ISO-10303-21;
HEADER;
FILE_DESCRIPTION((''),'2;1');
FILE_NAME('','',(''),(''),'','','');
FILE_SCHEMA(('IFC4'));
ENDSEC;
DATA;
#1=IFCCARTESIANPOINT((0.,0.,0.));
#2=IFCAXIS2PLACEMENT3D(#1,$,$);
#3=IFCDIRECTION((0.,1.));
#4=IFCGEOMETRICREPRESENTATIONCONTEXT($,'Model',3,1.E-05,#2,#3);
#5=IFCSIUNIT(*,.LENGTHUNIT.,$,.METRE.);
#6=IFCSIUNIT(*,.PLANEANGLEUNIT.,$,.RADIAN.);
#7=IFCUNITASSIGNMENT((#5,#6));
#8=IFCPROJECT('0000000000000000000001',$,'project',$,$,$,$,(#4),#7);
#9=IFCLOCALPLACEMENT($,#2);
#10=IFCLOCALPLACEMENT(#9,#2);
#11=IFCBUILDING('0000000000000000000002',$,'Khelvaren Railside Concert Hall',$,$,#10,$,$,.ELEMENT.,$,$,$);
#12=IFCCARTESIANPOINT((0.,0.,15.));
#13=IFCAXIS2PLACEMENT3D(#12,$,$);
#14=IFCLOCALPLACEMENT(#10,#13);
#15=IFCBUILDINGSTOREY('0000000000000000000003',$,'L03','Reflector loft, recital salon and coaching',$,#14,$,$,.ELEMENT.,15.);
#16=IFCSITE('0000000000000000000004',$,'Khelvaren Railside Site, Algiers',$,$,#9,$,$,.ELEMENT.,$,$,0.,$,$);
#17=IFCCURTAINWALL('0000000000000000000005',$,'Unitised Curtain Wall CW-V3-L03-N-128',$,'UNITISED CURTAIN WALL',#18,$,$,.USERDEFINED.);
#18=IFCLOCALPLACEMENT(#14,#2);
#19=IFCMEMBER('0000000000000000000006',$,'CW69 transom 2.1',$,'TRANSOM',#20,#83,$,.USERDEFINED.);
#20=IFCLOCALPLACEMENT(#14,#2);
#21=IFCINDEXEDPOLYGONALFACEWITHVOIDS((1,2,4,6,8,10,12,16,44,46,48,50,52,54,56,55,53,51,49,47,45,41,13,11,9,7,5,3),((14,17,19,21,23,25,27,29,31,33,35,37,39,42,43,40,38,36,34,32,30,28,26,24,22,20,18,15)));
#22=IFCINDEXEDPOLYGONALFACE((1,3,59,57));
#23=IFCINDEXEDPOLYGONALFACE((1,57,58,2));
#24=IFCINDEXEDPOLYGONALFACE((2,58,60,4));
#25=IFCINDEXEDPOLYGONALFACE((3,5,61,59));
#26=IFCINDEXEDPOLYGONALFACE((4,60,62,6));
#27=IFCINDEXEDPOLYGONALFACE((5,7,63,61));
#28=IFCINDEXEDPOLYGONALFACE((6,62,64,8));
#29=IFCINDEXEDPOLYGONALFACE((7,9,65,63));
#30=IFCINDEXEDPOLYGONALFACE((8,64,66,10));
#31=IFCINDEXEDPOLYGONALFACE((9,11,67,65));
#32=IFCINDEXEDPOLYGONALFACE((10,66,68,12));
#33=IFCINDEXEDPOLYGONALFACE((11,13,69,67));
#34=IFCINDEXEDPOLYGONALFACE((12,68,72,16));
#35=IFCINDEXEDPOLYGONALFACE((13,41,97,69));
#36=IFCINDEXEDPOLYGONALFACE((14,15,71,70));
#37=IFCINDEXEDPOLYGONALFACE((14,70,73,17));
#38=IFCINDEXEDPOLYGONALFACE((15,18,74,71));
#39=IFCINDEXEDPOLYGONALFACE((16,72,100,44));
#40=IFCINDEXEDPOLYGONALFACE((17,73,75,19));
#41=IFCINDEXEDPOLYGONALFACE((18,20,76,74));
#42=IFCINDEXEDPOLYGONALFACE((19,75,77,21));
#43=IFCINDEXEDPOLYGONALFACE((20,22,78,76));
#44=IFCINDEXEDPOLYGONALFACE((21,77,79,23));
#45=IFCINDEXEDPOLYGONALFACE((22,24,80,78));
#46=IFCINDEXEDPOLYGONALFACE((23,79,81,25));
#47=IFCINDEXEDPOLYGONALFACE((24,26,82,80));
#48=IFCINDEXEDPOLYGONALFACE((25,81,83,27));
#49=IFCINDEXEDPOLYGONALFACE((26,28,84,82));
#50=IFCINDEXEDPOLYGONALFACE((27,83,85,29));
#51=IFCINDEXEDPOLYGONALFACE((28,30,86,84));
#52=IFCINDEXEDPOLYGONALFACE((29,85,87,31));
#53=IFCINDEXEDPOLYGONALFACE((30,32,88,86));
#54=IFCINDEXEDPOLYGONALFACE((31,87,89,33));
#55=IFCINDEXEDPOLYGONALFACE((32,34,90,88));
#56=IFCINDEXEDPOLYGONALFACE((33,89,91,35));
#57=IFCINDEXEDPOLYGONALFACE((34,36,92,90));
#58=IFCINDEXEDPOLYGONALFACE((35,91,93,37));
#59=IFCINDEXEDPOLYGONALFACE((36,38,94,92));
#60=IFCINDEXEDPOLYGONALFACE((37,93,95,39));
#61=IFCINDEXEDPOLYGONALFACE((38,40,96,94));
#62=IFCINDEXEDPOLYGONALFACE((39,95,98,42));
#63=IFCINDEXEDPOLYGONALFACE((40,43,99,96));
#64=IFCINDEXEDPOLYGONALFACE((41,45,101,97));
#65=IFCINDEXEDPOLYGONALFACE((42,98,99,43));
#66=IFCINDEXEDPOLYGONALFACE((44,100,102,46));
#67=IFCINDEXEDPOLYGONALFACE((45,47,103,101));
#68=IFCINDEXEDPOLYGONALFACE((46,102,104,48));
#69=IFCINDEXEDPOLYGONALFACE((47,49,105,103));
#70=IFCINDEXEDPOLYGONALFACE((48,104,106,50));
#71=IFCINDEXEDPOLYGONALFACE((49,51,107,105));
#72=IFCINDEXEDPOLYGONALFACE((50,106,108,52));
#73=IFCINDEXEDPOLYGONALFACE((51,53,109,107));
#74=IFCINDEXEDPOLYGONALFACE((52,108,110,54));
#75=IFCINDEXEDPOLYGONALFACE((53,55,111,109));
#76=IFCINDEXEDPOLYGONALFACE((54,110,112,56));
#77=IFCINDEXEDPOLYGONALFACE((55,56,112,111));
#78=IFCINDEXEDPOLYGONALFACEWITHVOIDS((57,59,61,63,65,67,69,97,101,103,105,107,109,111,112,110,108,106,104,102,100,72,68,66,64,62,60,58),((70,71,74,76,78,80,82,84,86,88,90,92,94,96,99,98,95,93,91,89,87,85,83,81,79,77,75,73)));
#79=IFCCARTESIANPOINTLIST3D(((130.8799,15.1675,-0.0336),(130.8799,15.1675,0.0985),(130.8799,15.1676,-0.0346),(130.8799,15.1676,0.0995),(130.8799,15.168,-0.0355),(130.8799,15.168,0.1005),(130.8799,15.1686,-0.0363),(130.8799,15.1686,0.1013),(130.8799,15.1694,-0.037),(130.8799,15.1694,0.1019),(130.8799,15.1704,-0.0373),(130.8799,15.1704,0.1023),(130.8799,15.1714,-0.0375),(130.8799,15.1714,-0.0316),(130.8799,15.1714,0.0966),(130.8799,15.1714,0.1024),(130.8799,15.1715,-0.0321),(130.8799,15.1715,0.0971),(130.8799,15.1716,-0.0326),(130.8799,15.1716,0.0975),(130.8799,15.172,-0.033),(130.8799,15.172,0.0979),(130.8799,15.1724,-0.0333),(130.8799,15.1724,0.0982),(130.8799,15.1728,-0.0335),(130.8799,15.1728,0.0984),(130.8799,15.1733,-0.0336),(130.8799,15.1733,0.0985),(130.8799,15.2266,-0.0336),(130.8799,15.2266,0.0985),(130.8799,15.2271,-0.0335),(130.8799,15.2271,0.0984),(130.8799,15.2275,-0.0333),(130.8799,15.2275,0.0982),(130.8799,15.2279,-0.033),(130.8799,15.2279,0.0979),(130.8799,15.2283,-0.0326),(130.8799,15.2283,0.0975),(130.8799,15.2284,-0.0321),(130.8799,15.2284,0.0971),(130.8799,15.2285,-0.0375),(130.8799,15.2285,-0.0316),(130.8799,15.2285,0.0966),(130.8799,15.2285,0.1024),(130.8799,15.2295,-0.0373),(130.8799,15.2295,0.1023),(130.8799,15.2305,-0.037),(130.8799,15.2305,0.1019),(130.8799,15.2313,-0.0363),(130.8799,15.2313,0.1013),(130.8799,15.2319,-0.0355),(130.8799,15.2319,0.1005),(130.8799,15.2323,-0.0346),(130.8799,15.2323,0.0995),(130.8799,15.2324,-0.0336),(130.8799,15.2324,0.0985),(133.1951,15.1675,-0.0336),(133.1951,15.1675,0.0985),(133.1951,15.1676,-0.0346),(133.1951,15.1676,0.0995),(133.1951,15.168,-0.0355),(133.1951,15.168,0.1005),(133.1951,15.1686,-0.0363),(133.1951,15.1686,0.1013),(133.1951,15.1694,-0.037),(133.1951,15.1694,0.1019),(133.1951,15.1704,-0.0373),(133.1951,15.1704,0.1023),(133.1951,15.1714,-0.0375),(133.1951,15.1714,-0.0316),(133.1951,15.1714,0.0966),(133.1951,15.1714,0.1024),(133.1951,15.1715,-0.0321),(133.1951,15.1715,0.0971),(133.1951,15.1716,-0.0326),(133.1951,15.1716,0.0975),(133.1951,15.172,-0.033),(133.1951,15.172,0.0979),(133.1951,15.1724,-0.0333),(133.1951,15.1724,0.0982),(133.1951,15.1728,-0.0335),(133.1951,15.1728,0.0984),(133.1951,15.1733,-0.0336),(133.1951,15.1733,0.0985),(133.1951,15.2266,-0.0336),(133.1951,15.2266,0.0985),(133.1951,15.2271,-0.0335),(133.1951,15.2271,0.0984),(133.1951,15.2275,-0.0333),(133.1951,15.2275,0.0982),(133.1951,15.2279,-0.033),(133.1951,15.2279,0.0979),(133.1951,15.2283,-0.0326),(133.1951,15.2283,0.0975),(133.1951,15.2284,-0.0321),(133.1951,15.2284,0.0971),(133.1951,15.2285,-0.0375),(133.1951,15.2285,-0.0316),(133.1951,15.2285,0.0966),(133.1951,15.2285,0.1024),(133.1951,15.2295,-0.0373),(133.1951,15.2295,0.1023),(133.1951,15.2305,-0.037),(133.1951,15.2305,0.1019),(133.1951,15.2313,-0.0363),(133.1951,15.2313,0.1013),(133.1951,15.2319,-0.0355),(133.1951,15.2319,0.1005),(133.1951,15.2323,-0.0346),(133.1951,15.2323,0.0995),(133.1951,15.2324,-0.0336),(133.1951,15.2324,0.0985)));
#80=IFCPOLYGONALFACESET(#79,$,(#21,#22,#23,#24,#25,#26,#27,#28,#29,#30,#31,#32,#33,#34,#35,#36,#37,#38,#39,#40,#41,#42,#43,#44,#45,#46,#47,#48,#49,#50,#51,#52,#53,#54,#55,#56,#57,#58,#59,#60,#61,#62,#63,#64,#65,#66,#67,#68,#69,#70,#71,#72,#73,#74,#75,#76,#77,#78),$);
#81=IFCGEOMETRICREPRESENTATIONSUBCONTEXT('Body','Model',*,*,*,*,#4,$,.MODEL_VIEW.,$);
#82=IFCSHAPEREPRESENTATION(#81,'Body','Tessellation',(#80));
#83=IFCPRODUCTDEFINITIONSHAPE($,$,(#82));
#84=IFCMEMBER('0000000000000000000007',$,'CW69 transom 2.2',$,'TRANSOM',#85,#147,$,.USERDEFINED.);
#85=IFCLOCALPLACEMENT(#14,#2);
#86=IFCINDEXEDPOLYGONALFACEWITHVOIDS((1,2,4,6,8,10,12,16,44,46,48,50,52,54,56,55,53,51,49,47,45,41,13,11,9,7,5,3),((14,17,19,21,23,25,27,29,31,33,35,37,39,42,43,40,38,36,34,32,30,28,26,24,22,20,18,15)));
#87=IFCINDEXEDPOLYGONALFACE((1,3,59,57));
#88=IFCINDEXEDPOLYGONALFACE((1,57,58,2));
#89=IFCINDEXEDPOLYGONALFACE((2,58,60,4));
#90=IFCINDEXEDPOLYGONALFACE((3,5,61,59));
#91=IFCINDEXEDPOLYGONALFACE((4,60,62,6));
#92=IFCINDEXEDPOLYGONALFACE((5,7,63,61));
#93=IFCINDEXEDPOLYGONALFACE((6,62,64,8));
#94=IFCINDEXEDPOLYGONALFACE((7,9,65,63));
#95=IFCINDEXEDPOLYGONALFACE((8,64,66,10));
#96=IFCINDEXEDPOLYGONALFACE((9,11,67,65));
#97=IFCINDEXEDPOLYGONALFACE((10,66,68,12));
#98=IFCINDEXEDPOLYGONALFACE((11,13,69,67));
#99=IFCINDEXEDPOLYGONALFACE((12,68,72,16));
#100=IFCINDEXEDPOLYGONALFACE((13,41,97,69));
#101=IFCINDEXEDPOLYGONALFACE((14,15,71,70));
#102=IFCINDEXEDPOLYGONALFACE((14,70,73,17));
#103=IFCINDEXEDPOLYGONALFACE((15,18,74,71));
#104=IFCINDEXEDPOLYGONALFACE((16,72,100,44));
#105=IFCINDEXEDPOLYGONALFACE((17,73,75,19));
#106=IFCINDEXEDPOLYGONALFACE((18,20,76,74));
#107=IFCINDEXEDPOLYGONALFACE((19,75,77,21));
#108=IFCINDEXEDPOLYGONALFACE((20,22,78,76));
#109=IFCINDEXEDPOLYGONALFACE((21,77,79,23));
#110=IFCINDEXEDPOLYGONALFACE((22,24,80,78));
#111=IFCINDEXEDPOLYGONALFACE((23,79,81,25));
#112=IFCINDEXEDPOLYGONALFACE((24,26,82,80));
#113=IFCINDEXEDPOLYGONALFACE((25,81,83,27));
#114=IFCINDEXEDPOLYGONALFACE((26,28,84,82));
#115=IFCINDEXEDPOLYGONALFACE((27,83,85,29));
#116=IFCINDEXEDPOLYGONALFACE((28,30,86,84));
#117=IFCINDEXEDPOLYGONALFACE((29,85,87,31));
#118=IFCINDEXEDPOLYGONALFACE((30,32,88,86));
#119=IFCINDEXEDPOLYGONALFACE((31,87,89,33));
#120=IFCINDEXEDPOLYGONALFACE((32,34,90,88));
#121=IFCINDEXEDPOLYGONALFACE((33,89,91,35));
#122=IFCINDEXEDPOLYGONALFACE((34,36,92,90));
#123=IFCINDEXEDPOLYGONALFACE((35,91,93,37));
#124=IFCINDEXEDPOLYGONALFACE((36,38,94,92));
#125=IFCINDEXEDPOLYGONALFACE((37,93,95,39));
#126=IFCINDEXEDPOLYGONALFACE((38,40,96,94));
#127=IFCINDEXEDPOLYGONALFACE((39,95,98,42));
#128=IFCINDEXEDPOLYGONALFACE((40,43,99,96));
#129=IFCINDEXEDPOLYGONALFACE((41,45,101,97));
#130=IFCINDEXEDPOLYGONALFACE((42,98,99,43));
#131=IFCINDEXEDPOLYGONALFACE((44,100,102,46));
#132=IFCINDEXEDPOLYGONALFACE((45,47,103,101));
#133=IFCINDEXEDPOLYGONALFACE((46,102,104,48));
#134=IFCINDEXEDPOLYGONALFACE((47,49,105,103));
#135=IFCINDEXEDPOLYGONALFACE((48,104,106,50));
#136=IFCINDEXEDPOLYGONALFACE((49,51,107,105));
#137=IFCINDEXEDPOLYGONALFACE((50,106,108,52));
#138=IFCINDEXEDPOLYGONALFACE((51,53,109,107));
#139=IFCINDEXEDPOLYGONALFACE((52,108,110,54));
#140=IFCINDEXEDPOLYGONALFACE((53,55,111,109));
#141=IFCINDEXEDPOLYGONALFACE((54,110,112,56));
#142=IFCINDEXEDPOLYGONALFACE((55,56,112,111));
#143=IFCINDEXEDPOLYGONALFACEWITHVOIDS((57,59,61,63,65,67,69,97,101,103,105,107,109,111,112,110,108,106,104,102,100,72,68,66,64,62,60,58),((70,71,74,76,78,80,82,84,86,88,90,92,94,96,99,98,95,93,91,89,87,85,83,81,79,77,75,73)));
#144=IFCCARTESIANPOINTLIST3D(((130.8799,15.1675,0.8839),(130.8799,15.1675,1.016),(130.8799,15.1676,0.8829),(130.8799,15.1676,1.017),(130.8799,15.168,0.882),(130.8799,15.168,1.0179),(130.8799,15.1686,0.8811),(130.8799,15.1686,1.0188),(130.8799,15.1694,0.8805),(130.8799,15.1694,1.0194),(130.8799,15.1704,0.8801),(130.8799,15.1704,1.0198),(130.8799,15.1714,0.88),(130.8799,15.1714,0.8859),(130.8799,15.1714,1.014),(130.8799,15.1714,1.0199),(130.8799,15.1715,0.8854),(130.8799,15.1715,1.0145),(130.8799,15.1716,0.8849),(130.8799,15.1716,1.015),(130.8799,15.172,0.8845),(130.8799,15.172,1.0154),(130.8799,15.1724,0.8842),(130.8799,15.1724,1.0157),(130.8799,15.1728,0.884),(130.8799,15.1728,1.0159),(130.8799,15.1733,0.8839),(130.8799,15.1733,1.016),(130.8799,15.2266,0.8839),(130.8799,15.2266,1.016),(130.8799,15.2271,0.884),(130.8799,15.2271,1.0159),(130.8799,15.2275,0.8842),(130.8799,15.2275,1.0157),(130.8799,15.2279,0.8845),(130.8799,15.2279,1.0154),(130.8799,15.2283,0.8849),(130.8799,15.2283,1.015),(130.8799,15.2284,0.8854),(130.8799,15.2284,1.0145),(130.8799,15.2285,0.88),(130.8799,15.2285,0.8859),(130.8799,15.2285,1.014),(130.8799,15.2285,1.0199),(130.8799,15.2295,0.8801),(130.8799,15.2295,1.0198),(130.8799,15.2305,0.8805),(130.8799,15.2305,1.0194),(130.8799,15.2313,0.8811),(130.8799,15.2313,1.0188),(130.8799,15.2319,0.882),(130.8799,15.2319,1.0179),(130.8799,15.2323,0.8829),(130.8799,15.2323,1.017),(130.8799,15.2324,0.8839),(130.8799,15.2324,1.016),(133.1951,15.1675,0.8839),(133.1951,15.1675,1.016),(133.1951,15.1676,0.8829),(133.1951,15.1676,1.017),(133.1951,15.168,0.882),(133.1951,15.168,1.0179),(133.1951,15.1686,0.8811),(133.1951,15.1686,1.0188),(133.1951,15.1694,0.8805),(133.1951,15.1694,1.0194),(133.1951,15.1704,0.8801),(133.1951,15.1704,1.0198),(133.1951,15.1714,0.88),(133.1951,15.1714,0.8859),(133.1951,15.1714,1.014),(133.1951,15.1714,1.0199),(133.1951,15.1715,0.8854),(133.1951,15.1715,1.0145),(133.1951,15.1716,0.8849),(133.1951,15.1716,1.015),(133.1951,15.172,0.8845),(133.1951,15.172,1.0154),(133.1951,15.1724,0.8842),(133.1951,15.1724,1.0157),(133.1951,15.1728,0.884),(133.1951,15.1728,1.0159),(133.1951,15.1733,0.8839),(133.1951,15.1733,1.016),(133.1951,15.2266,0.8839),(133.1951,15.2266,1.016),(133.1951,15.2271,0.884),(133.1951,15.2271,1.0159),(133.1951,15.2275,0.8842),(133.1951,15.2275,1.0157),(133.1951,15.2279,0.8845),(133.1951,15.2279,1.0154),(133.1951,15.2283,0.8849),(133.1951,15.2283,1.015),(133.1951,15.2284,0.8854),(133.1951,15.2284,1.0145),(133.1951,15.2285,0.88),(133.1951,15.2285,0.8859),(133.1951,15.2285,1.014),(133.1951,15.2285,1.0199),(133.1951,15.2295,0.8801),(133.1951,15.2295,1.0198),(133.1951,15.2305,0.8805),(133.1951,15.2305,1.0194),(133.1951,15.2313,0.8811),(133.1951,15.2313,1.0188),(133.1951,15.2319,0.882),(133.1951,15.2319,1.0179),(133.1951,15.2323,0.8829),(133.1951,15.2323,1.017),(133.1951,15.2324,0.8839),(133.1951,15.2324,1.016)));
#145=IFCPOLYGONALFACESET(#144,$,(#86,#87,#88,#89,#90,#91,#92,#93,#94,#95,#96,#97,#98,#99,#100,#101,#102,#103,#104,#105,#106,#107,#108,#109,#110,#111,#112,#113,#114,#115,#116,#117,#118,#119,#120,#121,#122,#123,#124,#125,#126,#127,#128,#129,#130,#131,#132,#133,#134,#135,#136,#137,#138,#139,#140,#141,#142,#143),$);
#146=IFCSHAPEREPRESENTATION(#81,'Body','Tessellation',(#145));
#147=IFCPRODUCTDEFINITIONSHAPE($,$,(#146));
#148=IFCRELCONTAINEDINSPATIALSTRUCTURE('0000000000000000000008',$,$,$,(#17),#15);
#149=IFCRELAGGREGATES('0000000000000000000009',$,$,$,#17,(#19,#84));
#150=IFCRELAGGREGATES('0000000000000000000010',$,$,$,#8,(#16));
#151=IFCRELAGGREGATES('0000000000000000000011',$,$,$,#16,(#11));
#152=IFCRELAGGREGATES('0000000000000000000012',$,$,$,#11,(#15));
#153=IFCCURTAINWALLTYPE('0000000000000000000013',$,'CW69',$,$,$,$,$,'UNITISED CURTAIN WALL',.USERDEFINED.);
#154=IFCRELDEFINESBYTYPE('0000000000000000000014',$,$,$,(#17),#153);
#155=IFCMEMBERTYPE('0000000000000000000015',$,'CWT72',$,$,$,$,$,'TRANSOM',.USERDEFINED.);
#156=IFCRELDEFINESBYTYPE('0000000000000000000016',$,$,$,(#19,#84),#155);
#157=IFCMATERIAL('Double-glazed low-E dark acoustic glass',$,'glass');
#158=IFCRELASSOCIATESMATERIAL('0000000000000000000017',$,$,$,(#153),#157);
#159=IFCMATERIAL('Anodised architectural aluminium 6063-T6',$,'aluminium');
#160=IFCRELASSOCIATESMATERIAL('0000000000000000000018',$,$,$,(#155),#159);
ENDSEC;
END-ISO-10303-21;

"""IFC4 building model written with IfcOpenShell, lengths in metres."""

from ifc_helpers import new_model, si_unit, direction, frame, origin, origin_2d, place, context, subcontext, project, spatial, hollow_rectangle, extrude, material, material_profile, profile_set, type_object, element, aggregate, save


model = new_model("IFC4")

# Units and contexts
model_context = context("Model", 3, precision=1e-05, world=origin(), true_north=direction((0.0, 1.0)))
body_context = subcontext(model_context, "Body", "Model", "MODEL_VIEW")
ifc_project = project(units=[si_unit("LENGTHUNIT", "METRE"), si_unit("PLANEANGLEUNIT", "RADIAN")], contexts=[model_context])

# Site, building, storey
site_placement = place(None, origin())
site = spatial("IfcSite", under=ifc_project, at=site_placement, Name="Khelvaren Railside Site, Algiers", CompositionType="ELEMENT", RefElevation=0.0)
building_placement = place(site_placement, origin())
building = spatial("IfcBuilding", under=site, at=building_placement, Name="Khelvaren Railside Concert Hall", CompositionType="ELEMENT")
storey_placement = place(building_placement, frame((0.0, 0.0, 15.0)))
storey = spatial("IfcBuildingStorey", under=building, at=storey_placement, Name="L03", Description="Reflector loft, recital salon and coaching", CompositionType="ELEMENT", Elevation=15.0)

# Shared definitions
ifc_material_1 = material(Name="Double-glazed low-E dark acoustic glass", Category="glass")
ifc_material_2 = material(Name="Anodised architectural aluminium 6063-T6", Category="aluminium")

# Curtain wall, members
curtain_wall_type_1 = type_object("IfcCurtainWallType", Name="CW69", ElementType="UNITISED CURTAIN WALL", PredefinedType="USERDEFINED", material=ifc_material_1)
curtain_wall_1_placement = place(storey_placement, origin())
curtain_wall_1 = element("IfcCurtainWall", 1, at=curtain_wall_1_placement, inside=storey, type_object=curtain_wall_type_1, Name="Unitised Curtain Wall CW-V3-L03-N-128", ObjectType="UNITISED CURTAIN WALL", PredefinedType="USERDEFINED")
ifc_material_profile_1 = material_profile(ifc_material_2, hollow_rectangle(XDim=0.0649, YDim=0.1399, WallThickness=0.0039, InnerFilletRadius=0.002, OuterFilletRadius=0.0039, at=origin_2d()), Name="CWT 65x140x4")
ifc_profile_set_1 = profile_set([ifc_material_profile_1], Name="Anodised architectural aluminium 6063-T6")
member_type_1 = type_object("IfcMemberType", Name="CWT72", ElementType="TRANSOM", PredefinedType="USERDEFINED", material=ifc_profile_set_1)
member_1_placement = place(storey_placement, frame((130.8799, 15.2, 0.0325), z_axis=(1.0, 0.0, 0.0), x_axis=(0.0, 1.0, 0.0)))
member_1 = element("IfcMember", 2, at=member_1_placement, type_object=member_type_1, Name="CW69 transom 2.1", ObjectType="TRANSOM", PredefinedType="USERDEFINED", context=body_context, shape_type="SweptSolid", body=[
    extrude(hollow_rectangle(XDim=0.0649, YDim=0.1399, WallThickness=0.0039, InnerFilletRadius=0.002, OuterFilletRadius=0.0039, at=origin_2d()), origin(), (0.0, 0.0, 1.0), 2.3152),
])
member_2_placement = place(storey_placement, frame((130.8799, 15.2, 0.95), z_axis=(1.0, 0.0, 0.0), x_axis=(0.0, 1.0, 0.0)))
member_2 = element("IfcMember", 3, at=member_2_placement, type_object=member_type_1, Name="CW69 transom 2.2", ObjectType="TRANSOM", PredefinedType="USERDEFINED", context=body_context, shape_type="SweptSolid", body=[
    extrude(hollow_rectangle(XDim=0.0649, YDim=0.1399, WallThickness=0.0039, InnerFilletRadius=0.002, OuterFilletRadius=0.0039, at=origin_2d()), origin(), (0.0, 0.0, 1.0), 2.3152),
])

aggregate(curtain_wall_1, [member_1, member_2])

save(model, "model.ifc")
